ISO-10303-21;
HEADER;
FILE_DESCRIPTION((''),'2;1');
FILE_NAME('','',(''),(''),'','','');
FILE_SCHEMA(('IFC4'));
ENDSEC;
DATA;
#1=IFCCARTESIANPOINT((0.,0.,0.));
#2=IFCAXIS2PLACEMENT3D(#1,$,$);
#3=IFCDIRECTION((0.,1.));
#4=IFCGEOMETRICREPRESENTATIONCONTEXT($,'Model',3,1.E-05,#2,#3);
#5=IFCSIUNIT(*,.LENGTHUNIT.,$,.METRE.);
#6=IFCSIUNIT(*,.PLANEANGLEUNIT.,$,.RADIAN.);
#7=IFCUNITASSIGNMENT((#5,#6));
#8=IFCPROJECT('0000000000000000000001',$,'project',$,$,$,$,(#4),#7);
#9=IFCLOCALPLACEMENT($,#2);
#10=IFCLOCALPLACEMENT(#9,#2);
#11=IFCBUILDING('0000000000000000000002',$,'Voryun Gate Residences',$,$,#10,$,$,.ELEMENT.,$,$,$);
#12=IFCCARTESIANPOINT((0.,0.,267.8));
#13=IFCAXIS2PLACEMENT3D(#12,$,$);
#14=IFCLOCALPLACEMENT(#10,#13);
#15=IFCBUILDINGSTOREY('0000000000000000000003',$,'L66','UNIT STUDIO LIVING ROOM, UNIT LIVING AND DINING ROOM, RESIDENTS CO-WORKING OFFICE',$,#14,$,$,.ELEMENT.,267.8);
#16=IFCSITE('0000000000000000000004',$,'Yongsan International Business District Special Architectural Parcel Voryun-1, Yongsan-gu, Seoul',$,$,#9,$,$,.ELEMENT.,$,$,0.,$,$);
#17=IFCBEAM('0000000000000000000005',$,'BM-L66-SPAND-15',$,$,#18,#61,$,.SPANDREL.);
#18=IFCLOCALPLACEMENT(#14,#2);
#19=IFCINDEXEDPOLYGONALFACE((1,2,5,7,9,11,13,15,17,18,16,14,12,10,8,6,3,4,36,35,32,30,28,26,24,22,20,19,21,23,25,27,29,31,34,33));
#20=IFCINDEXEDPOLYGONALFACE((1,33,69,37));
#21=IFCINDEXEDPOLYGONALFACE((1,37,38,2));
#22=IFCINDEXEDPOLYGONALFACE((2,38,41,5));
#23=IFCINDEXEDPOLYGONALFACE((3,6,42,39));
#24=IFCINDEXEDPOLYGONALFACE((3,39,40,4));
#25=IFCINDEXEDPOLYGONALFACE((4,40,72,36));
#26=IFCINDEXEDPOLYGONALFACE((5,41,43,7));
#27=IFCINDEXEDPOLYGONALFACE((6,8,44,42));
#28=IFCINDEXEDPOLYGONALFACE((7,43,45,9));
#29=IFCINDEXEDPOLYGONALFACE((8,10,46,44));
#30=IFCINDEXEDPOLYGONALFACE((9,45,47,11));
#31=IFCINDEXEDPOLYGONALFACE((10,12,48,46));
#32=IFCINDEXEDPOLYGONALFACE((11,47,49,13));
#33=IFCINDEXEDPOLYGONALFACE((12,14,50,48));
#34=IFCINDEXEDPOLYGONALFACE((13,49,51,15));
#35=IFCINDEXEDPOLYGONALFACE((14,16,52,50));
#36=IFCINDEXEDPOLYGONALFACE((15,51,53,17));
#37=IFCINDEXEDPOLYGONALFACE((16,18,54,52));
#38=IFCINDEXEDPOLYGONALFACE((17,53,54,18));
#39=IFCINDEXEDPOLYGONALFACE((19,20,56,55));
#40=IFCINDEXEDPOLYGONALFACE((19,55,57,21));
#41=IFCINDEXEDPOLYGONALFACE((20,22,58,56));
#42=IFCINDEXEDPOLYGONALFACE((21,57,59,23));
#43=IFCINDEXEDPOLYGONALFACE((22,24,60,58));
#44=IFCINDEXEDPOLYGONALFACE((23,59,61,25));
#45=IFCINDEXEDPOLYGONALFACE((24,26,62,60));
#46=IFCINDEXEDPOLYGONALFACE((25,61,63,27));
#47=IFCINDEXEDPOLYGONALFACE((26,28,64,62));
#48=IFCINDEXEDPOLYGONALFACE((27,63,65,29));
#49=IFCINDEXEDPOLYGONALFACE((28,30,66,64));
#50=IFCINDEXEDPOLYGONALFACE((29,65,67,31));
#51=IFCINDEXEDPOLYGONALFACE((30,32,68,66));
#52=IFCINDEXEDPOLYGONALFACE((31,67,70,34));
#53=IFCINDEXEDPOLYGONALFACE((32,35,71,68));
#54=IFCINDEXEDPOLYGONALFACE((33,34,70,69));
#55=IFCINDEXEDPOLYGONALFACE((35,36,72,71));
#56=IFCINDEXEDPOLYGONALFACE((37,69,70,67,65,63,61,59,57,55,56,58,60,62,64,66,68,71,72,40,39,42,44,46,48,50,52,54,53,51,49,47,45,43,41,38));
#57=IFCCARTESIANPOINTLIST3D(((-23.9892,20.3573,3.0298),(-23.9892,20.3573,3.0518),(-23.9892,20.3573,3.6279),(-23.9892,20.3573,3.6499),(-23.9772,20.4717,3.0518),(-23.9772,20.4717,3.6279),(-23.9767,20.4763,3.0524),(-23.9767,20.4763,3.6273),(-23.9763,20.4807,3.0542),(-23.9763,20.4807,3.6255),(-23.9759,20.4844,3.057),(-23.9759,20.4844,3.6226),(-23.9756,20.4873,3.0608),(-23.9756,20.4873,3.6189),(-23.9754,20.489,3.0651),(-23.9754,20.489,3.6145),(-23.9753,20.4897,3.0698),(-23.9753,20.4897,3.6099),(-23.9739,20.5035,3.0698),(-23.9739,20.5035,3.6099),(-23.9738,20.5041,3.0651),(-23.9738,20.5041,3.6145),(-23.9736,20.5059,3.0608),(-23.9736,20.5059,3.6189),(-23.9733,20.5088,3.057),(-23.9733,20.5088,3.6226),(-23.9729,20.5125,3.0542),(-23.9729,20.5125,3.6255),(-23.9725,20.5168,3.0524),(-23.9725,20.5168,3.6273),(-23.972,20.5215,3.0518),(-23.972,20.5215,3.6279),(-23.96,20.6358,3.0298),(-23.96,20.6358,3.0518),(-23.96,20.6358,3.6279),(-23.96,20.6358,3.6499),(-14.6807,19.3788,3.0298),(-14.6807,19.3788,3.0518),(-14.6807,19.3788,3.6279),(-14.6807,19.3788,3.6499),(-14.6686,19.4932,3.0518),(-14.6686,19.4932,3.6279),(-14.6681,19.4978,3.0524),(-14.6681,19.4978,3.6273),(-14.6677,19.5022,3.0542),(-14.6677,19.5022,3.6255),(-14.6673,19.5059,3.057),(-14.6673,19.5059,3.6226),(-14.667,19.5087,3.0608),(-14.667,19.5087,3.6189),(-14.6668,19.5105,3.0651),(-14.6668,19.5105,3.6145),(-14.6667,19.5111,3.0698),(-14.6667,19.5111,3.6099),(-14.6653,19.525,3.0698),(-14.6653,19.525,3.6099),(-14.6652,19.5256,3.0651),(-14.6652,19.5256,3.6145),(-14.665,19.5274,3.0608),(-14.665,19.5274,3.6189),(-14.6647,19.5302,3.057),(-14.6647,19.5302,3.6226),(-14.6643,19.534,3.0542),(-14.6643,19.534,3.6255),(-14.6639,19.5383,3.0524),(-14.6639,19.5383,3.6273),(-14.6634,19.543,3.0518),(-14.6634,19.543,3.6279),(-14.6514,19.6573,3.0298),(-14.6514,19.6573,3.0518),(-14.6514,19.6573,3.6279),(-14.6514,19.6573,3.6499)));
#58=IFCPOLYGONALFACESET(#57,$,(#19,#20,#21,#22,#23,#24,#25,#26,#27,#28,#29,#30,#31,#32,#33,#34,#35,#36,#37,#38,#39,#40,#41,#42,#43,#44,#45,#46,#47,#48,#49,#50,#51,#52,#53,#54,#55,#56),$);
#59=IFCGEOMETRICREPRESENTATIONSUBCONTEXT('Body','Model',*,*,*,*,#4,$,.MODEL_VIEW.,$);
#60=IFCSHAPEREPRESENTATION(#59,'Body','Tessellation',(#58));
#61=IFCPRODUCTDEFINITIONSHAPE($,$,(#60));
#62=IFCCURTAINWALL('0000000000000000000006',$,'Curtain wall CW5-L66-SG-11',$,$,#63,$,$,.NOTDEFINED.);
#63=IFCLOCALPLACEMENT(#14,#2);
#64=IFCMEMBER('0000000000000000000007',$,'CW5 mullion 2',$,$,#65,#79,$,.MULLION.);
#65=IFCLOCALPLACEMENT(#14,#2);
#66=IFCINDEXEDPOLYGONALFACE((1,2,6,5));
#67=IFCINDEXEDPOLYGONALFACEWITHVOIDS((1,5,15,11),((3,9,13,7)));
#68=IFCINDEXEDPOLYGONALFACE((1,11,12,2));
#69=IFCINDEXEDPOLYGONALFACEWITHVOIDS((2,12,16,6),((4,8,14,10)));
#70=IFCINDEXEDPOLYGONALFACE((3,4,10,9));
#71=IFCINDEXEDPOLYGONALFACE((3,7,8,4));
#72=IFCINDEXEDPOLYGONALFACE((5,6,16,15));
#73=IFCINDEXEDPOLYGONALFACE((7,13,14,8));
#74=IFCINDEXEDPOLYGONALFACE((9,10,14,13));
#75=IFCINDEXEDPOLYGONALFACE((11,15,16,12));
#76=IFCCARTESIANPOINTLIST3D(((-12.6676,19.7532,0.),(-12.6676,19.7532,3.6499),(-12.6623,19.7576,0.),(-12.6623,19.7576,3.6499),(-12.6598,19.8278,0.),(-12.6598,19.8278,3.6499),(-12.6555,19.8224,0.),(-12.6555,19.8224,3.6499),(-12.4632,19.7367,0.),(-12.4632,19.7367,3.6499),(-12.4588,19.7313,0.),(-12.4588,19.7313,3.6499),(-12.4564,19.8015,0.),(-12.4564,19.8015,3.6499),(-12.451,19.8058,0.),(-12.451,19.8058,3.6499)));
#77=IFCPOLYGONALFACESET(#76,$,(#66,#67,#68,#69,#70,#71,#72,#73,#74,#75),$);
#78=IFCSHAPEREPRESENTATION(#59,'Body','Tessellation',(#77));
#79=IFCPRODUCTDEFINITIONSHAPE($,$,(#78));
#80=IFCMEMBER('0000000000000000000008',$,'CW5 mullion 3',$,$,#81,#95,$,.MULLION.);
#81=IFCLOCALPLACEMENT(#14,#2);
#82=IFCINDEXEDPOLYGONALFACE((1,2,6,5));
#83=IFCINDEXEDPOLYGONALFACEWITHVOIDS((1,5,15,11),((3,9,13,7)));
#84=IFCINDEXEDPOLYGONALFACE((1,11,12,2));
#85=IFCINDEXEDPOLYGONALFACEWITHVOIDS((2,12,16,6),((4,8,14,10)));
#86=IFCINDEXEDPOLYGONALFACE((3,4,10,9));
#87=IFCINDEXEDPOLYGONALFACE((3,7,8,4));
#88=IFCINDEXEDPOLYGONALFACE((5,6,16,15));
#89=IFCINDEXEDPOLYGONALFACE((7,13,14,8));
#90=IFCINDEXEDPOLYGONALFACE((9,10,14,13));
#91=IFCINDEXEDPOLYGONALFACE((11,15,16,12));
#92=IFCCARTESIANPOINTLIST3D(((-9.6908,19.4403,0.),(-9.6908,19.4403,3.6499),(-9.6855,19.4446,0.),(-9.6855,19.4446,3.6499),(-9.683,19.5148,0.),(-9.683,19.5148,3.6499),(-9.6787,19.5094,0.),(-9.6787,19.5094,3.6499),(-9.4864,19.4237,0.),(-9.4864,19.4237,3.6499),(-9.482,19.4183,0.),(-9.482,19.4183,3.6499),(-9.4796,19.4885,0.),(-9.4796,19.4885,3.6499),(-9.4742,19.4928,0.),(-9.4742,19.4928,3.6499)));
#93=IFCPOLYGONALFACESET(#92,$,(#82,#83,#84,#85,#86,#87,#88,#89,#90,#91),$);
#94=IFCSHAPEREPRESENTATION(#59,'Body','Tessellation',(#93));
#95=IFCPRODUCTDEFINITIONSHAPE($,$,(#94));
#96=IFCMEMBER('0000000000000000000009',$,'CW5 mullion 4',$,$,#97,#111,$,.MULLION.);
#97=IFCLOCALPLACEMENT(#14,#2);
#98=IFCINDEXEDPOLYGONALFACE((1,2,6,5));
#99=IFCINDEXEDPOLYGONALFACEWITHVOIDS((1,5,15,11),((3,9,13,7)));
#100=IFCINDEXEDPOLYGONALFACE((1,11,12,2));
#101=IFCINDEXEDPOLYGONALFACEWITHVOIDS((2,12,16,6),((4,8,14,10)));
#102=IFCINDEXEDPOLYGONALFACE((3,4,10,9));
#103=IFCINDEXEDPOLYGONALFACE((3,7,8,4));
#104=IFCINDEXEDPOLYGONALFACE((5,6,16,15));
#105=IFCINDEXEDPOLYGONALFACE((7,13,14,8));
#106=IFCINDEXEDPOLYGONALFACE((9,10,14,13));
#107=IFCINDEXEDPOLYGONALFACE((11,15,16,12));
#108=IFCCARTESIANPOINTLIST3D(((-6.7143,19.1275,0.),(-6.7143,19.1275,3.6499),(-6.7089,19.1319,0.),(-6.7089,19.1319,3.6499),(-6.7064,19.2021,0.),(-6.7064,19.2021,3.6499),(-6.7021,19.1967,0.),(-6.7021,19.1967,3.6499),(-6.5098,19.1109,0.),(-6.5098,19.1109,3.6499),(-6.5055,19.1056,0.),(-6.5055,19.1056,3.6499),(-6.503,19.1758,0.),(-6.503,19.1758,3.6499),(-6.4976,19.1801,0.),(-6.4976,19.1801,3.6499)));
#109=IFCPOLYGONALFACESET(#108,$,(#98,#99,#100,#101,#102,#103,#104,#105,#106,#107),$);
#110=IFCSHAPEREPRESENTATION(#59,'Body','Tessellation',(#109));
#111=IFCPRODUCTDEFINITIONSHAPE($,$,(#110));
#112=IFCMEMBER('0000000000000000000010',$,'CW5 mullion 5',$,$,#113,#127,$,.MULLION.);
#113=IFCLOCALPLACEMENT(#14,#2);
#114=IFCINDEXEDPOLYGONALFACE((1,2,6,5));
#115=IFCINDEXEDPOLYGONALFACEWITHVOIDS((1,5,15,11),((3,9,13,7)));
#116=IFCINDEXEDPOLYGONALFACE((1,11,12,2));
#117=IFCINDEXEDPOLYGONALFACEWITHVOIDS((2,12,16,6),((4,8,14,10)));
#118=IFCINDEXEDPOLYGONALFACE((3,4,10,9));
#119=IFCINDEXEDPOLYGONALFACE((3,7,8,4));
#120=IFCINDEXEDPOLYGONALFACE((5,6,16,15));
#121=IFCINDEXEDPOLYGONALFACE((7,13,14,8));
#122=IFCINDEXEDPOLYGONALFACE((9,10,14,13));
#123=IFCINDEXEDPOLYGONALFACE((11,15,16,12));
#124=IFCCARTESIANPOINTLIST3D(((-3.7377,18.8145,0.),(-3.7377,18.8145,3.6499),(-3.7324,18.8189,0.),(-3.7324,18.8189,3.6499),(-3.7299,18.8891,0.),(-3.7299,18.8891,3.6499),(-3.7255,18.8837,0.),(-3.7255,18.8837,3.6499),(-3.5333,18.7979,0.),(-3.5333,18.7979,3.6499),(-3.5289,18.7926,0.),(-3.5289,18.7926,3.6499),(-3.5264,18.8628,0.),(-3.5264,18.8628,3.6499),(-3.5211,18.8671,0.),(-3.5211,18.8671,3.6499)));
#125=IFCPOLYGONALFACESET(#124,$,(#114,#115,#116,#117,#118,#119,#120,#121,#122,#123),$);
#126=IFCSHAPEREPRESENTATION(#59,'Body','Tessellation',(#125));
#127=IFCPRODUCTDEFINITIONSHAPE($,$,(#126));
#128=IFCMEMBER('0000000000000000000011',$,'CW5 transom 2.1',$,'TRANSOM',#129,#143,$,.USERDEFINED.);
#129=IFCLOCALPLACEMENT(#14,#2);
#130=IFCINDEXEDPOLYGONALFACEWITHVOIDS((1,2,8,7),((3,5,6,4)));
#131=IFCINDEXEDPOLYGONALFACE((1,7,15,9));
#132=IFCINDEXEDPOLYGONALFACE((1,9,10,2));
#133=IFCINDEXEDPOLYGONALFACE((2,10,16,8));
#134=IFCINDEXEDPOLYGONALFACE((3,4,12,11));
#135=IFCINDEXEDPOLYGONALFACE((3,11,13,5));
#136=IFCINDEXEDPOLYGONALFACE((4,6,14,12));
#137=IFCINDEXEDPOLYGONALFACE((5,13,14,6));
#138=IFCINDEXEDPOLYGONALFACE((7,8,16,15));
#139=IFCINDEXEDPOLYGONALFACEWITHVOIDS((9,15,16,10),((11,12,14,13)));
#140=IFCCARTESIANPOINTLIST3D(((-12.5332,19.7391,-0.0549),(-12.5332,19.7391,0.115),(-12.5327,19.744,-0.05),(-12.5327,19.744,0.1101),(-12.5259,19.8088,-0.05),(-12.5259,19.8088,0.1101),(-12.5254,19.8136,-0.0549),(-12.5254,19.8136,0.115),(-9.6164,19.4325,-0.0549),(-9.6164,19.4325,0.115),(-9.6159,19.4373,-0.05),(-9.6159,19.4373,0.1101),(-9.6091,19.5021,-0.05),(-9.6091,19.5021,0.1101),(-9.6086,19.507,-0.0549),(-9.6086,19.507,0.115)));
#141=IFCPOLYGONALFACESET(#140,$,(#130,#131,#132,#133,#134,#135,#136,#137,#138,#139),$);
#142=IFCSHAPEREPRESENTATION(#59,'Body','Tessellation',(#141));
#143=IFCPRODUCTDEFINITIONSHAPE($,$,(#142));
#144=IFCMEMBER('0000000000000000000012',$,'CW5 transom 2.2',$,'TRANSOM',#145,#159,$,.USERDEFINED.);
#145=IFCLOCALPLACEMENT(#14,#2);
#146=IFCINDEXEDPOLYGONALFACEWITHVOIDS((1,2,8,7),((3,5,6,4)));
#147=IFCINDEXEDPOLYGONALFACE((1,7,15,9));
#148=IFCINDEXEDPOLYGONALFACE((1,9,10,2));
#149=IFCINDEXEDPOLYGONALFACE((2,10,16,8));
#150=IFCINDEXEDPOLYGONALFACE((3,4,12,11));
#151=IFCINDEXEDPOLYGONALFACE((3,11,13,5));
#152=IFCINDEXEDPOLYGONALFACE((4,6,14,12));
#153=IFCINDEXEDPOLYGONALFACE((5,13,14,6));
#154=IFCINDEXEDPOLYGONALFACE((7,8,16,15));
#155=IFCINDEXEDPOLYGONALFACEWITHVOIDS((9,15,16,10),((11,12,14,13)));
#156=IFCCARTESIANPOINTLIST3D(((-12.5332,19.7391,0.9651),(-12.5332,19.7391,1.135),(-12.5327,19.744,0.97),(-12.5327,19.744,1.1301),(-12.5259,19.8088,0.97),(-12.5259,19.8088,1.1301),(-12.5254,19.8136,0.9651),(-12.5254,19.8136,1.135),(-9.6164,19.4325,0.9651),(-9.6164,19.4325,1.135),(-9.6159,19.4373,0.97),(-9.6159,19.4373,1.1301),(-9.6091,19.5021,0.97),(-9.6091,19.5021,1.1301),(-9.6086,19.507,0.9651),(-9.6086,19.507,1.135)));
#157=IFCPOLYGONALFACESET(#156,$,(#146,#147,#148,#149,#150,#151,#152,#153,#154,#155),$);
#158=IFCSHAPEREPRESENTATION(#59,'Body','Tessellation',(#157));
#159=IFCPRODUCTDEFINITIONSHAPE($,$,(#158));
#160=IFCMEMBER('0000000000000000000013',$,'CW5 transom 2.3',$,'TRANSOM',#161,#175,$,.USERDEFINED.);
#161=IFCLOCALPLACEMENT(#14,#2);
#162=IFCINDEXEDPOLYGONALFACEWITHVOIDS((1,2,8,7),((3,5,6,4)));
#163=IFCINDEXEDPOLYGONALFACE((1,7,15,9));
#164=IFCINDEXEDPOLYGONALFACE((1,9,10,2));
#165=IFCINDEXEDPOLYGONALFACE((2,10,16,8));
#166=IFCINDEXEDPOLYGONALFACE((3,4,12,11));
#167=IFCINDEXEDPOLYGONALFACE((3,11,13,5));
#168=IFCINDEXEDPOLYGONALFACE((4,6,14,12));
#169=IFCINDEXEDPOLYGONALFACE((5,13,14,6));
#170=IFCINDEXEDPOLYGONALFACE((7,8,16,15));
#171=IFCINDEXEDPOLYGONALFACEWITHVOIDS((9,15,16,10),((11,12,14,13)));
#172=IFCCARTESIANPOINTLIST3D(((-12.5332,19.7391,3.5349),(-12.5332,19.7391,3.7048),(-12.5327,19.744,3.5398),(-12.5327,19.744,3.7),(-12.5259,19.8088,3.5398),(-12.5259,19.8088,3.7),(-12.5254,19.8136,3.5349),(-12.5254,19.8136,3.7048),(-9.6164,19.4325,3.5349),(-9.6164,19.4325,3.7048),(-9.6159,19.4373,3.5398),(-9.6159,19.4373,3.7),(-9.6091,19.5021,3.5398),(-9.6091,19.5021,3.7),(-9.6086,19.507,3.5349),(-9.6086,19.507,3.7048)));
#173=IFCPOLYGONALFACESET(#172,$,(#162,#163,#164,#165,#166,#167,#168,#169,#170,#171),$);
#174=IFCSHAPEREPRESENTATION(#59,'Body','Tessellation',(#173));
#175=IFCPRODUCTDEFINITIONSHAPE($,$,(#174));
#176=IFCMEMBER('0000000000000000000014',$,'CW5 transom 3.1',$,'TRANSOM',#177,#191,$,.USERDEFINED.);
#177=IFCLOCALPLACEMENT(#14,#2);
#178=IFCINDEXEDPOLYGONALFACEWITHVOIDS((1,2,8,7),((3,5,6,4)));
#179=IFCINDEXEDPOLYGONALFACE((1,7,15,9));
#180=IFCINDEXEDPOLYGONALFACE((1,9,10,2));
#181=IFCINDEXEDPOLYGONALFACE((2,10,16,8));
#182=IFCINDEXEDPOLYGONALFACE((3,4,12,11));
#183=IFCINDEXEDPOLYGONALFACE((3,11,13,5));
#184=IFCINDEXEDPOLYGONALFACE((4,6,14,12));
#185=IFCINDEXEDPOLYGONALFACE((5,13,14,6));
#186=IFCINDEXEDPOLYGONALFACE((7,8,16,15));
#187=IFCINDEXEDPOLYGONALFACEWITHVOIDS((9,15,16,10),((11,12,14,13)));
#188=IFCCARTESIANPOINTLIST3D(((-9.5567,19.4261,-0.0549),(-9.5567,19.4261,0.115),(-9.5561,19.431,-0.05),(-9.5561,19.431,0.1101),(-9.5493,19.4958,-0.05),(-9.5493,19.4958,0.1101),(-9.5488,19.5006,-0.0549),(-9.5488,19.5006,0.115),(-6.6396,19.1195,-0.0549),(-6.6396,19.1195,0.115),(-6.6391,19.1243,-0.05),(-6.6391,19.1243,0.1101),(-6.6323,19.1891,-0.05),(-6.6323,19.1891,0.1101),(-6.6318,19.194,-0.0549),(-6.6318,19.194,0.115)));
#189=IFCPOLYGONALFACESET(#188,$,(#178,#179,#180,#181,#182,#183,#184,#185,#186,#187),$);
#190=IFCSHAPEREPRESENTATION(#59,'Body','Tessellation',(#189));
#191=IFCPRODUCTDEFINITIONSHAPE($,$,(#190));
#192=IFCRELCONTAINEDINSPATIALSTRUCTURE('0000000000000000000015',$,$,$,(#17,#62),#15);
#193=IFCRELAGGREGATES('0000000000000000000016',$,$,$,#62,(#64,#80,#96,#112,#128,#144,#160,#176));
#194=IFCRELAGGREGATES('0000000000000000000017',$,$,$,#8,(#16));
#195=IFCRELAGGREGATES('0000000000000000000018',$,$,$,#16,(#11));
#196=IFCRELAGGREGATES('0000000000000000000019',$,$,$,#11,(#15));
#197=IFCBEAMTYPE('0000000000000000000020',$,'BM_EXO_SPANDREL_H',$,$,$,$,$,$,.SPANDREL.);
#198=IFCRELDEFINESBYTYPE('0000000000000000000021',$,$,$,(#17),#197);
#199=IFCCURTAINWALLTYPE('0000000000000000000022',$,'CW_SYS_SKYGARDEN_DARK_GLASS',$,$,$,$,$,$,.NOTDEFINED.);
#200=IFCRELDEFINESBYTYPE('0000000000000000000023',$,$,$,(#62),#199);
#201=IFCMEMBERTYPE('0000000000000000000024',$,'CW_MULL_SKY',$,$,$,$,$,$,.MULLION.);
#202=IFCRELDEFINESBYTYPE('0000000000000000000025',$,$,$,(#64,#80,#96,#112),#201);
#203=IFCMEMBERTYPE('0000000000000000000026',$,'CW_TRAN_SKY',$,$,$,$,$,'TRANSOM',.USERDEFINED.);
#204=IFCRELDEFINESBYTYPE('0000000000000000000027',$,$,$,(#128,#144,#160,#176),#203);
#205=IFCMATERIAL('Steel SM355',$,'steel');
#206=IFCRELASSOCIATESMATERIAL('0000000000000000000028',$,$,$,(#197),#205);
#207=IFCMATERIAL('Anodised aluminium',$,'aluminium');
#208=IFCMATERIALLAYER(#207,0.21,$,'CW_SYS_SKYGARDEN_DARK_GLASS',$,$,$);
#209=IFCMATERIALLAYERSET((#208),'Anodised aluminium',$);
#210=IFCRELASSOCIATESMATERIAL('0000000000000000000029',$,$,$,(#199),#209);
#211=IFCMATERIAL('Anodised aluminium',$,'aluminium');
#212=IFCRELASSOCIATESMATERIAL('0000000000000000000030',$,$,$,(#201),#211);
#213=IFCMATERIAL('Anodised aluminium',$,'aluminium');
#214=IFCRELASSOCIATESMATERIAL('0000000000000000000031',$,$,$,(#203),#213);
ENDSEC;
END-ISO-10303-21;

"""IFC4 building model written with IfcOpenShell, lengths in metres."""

from ifc_helpers import new_model, si_unit, direction, frame, origin, origin_2d, place, context, subcontext, project, spatial, hollow_rectangle, i_section, extrude, material, layer, layer_set, material_profile, profile_set, type_object, element, aggregate, save


model = new_model("IFC4")

# Units and contexts
model_context = context("Model", 3, precision=1e-05, world=origin(), true_north=direction((0.0, 1.0)))
body_context = subcontext(model_context, "Body", "Model", "MODEL_VIEW")
ifc_project = project(units=[si_unit("LENGTHUNIT", "METRE"), si_unit("PLANEANGLEUNIT", "RADIAN")], contexts=[model_context])

# Site, building, storey
site_placement = place(None, origin())
site = spatial("IfcSite", under=ifc_project, at=site_placement, Name="Yongsan International Business District Special Architectural Parcel Voryun-1, Yongsan-gu, Seoul", CompositionType="ELEMENT", RefElevation=0.0)
building_placement = place(site_placement, origin())
building = spatial("IfcBuilding", under=site, at=building_placement, Name="Voryun Gate Residences", CompositionType="ELEMENT")
storey_placement = place(building_placement, frame((0.0, 0.0, 267.8)))
storey = spatial("IfcBuildingStorey", under=building, at=storey_placement, Name="L66", Description="UNIT STUDIO LIVING ROOM, UNIT LIVING AND DINING ROOM, RESIDENTS CO-WORKING OFFICE", CompositionType="ELEMENT", Elevation=267.8)

# Beam
ifc_material_1 = material(Name="Steel SM355", Category="steel")
ifc_material_profile_1 = material_profile(ifc_material_1, i_section(OverallWidth=0.28, OverallDepth=0.6201, WebThickness=0.0139, FlangeThickness=0.022, FilletRadius=0.0181, at=origin_2d()), Name="H-620x280x14x22")
ifc_profile_set_1 = profile_set([ifc_material_profile_1], Name="Steel SM355")
beam_type = type_object("IfcBeamType", Name="BM_EXO_SPANDREL_H", PredefinedType="SPANDREL", material=ifc_profile_set_1)
beam_placement = place(storey_placement, frame((-14.666, 19.5181, 3.3398), z_axis=(-0.99452, 0.104544, 0.0), x_axis=(-0.104544, -0.99452, 0.0)))
element("IfcBeam", 1, at=beam_placement, inside=storey, type_object=beam_type, Name="BM-L66-SPAND-15", PredefinedType="SPANDREL", context=body_context, shape_type="SweptSolid", body=[
    extrude(i_section(OverallWidth=0.28, OverallDepth=0.6201, WebThickness=0.0139, FlangeThickness=0.022, FilletRadius=0.0181, at=origin_2d()), origin(), (0.0, 0.0, 1.0), 9.3599),
])

# Curtain wall, members
ifc_material_2 = material(Name="Anodised aluminium", Category="aluminium")
ifc_layer_1 = layer(ifc_material_2, 0.21, Name="CW_SYS_SKYGARDEN_DARK_GLASS")
ifc_layer_set_1 = layer_set([ifc_layer_1], Name="Anodised aluminium")
curtain_wall_type = type_object("IfcCurtainWallType", Name="CW_SYS_SKYGARDEN_DARK_GLASS", PredefinedType="NOTDEFINED", material=ifc_layer_set_1)
curtain_wall_placement = place(storey_placement, origin())
curtain_wall = element("IfcCurtainWall", 2, at=curtain_wall_placement, inside=storey, type_object=curtain_wall_type, Name="Curtain wall CW5-L66-SG-11", PredefinedType="NOTDEFINED")
ifc_material_3 = material(Name="Anodised aluminium", Category="aluminium")
ifc_material_profile_2 = material_profile(ifc_material_3, hollow_rectangle(XDim=0.075, YDim=0.21, WallThickness=0.0049, at=origin_2d()), Name="ALU-MULL-210x75x5")
ifc_profile_set_2 = profile_set([ifc_material_profile_2], Name="Anodised aluminium")
member_type_1 = type_object("IfcMemberType", Name="CW_MULL_SKY", PredefinedType="MULLION", material=ifc_profile_set_2)
member_1_placement = place(storey_placement, frame((-12.5593, 19.7795, 0.0), z_axis=(0.0, 0.0, 1.0), x_axis=(0.104532, 0.994521, 0.0)))
member_1 = element("IfcMember", 3, at=member_1_placement, type_object=member_type_1, Name="CW5 mullion 2", PredefinedType="MULLION", context=body_context, shape_type="SweptSolid", body=[
    extrude(hollow_rectangle(XDim=0.075, YDim=0.21, WallThickness=0.0049, at=origin_2d()), origin(), (0.0, 0.0, 1.0), 3.6499),
])
member_2_placement = place(storey_placement, frame((-9.5825, 19.4666, 0.0), z_axis=(0.0, 0.0, 1.0), x_axis=(0.104532, 0.994521, 0.0)))
member_2 = element("IfcMember", 4, at=member_2_placement, type_object=member_type_1, Name="CW5 mullion 3", PredefinedType="MULLION", context=body_context, shape_type="SweptSolid", body=[
    extrude(hollow_rectangle(XDim=0.075, YDim=0.21, WallThickness=0.0049, at=origin_2d()), origin(), (0.0, 0.0, 1.0), 3.6499),
])
member_3_placement = place(storey_placement, frame((-6.606, 19.1538, 0.0), z_axis=(0.0, 0.0, 1.0), x_axis=(0.104532, 0.994521, 0.0)))
member_3 = element("IfcMember", 5, at=member_3_placement, type_object=member_type_1, Name="CW5 mullion 4", PredefinedType="MULLION", context=body_context, shape_type="SweptSolid", body=[
    extrude(hollow_rectangle(XDim=0.075, YDim=0.21, WallThickness=0.0049, at=origin_2d()), origin(), (0.0, 0.0, 1.0), 3.6499),
])
member_4_placement = place(storey_placement, frame((-3.6294, 18.8408, 0.0), z_axis=(0.0, 0.0, 1.0), x_axis=(0.104532, 0.994521, 0.0)))
member_4 = element("IfcMember", 6, at=member_4_placement, type_object=member_type_1, Name="CW5 mullion 5", PredefinedType="MULLION", context=body_context, shape_type="SweptSolid", body=[
    extrude(hollow_rectangle(XDim=0.075, YDim=0.21, WallThickness=0.0049, at=origin_2d()), origin(), (0.0, 0.0, 1.0), 3.6499),
])
ifc_material_4 = material(Name="Anodised aluminium", Category="aluminium")
ifc_material_profile_3 = material_profile(ifc_material_4, hollow_rectangle(XDim=0.075, YDim=0.1699, WallThickness=0.0049, at=origin_2d()), Name="ALU-TRAN-170x75x5")
ifc_profile_set_3 = profile_set([ifc_material_profile_3], Name="Anodised aluminium")
member_type_2 = type_object("IfcMemberType", Name="CW_TRAN_SKY", ElementType="TRANSOM", PredefinedType="USERDEFINED", material=ifc_profile_set_3)
member_5_placement = place(storey_placement, frame((-12.5293, 19.7764, 0.03), z_axis=(0.994519, -0.104555, 0.0), x_axis=(0.104555, 0.994519, 0.0)))
member_5 = element("IfcMember", 7, at=member_5_placement, type_object=member_type_2, Name="CW5 transom 2.1", ObjectType="TRANSOM", PredefinedType="USERDEFINED", context=body_context, shape_type="SweptSolid", body=[
    extrude(hollow_rectangle(XDim=0.075, YDim=0.1699, WallThickness=0.0049, at=origin_2d()), origin(), (0.0, 0.0, 1.0), 2.9329),
])
member_6_placement = place(storey_placement, frame((-12.5293, 19.7764, 1.05), z_axis=(0.994519, -0.104555, 0.0), x_axis=(0.104555, 0.994519, 0.0)))
member_6 = element("IfcMember", 8, at=member_6_placement, type_object=member_type_2, Name="CW5 transom 2.2", ObjectType="TRANSOM", PredefinedType="USERDEFINED", context=body_context, shape_type="SweptSolid", body=[
    extrude(hollow_rectangle(XDim=0.075, YDim=0.1699, WallThickness=0.0049, at=origin_2d()), origin(), (0.0, 0.0, 1.0), 2.9329),
])
member_7_placement = place(storey_placement, frame((-12.5293, 19.7764, 3.6199), z_axis=(0.994519, -0.104555, 0.0), x_axis=(0.104555, 0.994519, 0.0)))
member_7 = element("IfcMember", 9, at=member_7_placement, type_object=member_type_2, Name="CW5 transom 2.3", ObjectType="TRANSOM", PredefinedType="USERDEFINED", context=body_context, shape_type="SweptSolid", body=[
    extrude(hollow_rectangle(XDim=0.075, YDim=0.1699, WallThickness=0.0049, at=origin_2d()), origin(), (0.0, 0.0, 1.0), 2.9329),
])
member_8_placement = place(storey_placement, frame((-9.5527, 19.4634, 0.03), z_axis=(0.99452, -0.104546, 0.0), x_axis=(0.104546, 0.99452, 0.0)))
member_8 = element("IfcMember", 10, at=member_8_placement, type_object=member_type_2, Name="CW5 transom 3.1", ObjectType="TRANSOM", PredefinedType="USERDEFINED", context=body_context, shape_type="SweptSolid", body=[
    extrude(hollow_rectangle(XDim=0.075, YDim=0.1699, WallThickness=0.0049, at=origin_2d()), origin(), (0.0, 0.0, 1.0), 2.9331),
])
aggregate(curtain_wall, [member_1, member_2, member_3, member_4, member_5, member_6, member_7, member_8])

save(model, "model.ifc")
